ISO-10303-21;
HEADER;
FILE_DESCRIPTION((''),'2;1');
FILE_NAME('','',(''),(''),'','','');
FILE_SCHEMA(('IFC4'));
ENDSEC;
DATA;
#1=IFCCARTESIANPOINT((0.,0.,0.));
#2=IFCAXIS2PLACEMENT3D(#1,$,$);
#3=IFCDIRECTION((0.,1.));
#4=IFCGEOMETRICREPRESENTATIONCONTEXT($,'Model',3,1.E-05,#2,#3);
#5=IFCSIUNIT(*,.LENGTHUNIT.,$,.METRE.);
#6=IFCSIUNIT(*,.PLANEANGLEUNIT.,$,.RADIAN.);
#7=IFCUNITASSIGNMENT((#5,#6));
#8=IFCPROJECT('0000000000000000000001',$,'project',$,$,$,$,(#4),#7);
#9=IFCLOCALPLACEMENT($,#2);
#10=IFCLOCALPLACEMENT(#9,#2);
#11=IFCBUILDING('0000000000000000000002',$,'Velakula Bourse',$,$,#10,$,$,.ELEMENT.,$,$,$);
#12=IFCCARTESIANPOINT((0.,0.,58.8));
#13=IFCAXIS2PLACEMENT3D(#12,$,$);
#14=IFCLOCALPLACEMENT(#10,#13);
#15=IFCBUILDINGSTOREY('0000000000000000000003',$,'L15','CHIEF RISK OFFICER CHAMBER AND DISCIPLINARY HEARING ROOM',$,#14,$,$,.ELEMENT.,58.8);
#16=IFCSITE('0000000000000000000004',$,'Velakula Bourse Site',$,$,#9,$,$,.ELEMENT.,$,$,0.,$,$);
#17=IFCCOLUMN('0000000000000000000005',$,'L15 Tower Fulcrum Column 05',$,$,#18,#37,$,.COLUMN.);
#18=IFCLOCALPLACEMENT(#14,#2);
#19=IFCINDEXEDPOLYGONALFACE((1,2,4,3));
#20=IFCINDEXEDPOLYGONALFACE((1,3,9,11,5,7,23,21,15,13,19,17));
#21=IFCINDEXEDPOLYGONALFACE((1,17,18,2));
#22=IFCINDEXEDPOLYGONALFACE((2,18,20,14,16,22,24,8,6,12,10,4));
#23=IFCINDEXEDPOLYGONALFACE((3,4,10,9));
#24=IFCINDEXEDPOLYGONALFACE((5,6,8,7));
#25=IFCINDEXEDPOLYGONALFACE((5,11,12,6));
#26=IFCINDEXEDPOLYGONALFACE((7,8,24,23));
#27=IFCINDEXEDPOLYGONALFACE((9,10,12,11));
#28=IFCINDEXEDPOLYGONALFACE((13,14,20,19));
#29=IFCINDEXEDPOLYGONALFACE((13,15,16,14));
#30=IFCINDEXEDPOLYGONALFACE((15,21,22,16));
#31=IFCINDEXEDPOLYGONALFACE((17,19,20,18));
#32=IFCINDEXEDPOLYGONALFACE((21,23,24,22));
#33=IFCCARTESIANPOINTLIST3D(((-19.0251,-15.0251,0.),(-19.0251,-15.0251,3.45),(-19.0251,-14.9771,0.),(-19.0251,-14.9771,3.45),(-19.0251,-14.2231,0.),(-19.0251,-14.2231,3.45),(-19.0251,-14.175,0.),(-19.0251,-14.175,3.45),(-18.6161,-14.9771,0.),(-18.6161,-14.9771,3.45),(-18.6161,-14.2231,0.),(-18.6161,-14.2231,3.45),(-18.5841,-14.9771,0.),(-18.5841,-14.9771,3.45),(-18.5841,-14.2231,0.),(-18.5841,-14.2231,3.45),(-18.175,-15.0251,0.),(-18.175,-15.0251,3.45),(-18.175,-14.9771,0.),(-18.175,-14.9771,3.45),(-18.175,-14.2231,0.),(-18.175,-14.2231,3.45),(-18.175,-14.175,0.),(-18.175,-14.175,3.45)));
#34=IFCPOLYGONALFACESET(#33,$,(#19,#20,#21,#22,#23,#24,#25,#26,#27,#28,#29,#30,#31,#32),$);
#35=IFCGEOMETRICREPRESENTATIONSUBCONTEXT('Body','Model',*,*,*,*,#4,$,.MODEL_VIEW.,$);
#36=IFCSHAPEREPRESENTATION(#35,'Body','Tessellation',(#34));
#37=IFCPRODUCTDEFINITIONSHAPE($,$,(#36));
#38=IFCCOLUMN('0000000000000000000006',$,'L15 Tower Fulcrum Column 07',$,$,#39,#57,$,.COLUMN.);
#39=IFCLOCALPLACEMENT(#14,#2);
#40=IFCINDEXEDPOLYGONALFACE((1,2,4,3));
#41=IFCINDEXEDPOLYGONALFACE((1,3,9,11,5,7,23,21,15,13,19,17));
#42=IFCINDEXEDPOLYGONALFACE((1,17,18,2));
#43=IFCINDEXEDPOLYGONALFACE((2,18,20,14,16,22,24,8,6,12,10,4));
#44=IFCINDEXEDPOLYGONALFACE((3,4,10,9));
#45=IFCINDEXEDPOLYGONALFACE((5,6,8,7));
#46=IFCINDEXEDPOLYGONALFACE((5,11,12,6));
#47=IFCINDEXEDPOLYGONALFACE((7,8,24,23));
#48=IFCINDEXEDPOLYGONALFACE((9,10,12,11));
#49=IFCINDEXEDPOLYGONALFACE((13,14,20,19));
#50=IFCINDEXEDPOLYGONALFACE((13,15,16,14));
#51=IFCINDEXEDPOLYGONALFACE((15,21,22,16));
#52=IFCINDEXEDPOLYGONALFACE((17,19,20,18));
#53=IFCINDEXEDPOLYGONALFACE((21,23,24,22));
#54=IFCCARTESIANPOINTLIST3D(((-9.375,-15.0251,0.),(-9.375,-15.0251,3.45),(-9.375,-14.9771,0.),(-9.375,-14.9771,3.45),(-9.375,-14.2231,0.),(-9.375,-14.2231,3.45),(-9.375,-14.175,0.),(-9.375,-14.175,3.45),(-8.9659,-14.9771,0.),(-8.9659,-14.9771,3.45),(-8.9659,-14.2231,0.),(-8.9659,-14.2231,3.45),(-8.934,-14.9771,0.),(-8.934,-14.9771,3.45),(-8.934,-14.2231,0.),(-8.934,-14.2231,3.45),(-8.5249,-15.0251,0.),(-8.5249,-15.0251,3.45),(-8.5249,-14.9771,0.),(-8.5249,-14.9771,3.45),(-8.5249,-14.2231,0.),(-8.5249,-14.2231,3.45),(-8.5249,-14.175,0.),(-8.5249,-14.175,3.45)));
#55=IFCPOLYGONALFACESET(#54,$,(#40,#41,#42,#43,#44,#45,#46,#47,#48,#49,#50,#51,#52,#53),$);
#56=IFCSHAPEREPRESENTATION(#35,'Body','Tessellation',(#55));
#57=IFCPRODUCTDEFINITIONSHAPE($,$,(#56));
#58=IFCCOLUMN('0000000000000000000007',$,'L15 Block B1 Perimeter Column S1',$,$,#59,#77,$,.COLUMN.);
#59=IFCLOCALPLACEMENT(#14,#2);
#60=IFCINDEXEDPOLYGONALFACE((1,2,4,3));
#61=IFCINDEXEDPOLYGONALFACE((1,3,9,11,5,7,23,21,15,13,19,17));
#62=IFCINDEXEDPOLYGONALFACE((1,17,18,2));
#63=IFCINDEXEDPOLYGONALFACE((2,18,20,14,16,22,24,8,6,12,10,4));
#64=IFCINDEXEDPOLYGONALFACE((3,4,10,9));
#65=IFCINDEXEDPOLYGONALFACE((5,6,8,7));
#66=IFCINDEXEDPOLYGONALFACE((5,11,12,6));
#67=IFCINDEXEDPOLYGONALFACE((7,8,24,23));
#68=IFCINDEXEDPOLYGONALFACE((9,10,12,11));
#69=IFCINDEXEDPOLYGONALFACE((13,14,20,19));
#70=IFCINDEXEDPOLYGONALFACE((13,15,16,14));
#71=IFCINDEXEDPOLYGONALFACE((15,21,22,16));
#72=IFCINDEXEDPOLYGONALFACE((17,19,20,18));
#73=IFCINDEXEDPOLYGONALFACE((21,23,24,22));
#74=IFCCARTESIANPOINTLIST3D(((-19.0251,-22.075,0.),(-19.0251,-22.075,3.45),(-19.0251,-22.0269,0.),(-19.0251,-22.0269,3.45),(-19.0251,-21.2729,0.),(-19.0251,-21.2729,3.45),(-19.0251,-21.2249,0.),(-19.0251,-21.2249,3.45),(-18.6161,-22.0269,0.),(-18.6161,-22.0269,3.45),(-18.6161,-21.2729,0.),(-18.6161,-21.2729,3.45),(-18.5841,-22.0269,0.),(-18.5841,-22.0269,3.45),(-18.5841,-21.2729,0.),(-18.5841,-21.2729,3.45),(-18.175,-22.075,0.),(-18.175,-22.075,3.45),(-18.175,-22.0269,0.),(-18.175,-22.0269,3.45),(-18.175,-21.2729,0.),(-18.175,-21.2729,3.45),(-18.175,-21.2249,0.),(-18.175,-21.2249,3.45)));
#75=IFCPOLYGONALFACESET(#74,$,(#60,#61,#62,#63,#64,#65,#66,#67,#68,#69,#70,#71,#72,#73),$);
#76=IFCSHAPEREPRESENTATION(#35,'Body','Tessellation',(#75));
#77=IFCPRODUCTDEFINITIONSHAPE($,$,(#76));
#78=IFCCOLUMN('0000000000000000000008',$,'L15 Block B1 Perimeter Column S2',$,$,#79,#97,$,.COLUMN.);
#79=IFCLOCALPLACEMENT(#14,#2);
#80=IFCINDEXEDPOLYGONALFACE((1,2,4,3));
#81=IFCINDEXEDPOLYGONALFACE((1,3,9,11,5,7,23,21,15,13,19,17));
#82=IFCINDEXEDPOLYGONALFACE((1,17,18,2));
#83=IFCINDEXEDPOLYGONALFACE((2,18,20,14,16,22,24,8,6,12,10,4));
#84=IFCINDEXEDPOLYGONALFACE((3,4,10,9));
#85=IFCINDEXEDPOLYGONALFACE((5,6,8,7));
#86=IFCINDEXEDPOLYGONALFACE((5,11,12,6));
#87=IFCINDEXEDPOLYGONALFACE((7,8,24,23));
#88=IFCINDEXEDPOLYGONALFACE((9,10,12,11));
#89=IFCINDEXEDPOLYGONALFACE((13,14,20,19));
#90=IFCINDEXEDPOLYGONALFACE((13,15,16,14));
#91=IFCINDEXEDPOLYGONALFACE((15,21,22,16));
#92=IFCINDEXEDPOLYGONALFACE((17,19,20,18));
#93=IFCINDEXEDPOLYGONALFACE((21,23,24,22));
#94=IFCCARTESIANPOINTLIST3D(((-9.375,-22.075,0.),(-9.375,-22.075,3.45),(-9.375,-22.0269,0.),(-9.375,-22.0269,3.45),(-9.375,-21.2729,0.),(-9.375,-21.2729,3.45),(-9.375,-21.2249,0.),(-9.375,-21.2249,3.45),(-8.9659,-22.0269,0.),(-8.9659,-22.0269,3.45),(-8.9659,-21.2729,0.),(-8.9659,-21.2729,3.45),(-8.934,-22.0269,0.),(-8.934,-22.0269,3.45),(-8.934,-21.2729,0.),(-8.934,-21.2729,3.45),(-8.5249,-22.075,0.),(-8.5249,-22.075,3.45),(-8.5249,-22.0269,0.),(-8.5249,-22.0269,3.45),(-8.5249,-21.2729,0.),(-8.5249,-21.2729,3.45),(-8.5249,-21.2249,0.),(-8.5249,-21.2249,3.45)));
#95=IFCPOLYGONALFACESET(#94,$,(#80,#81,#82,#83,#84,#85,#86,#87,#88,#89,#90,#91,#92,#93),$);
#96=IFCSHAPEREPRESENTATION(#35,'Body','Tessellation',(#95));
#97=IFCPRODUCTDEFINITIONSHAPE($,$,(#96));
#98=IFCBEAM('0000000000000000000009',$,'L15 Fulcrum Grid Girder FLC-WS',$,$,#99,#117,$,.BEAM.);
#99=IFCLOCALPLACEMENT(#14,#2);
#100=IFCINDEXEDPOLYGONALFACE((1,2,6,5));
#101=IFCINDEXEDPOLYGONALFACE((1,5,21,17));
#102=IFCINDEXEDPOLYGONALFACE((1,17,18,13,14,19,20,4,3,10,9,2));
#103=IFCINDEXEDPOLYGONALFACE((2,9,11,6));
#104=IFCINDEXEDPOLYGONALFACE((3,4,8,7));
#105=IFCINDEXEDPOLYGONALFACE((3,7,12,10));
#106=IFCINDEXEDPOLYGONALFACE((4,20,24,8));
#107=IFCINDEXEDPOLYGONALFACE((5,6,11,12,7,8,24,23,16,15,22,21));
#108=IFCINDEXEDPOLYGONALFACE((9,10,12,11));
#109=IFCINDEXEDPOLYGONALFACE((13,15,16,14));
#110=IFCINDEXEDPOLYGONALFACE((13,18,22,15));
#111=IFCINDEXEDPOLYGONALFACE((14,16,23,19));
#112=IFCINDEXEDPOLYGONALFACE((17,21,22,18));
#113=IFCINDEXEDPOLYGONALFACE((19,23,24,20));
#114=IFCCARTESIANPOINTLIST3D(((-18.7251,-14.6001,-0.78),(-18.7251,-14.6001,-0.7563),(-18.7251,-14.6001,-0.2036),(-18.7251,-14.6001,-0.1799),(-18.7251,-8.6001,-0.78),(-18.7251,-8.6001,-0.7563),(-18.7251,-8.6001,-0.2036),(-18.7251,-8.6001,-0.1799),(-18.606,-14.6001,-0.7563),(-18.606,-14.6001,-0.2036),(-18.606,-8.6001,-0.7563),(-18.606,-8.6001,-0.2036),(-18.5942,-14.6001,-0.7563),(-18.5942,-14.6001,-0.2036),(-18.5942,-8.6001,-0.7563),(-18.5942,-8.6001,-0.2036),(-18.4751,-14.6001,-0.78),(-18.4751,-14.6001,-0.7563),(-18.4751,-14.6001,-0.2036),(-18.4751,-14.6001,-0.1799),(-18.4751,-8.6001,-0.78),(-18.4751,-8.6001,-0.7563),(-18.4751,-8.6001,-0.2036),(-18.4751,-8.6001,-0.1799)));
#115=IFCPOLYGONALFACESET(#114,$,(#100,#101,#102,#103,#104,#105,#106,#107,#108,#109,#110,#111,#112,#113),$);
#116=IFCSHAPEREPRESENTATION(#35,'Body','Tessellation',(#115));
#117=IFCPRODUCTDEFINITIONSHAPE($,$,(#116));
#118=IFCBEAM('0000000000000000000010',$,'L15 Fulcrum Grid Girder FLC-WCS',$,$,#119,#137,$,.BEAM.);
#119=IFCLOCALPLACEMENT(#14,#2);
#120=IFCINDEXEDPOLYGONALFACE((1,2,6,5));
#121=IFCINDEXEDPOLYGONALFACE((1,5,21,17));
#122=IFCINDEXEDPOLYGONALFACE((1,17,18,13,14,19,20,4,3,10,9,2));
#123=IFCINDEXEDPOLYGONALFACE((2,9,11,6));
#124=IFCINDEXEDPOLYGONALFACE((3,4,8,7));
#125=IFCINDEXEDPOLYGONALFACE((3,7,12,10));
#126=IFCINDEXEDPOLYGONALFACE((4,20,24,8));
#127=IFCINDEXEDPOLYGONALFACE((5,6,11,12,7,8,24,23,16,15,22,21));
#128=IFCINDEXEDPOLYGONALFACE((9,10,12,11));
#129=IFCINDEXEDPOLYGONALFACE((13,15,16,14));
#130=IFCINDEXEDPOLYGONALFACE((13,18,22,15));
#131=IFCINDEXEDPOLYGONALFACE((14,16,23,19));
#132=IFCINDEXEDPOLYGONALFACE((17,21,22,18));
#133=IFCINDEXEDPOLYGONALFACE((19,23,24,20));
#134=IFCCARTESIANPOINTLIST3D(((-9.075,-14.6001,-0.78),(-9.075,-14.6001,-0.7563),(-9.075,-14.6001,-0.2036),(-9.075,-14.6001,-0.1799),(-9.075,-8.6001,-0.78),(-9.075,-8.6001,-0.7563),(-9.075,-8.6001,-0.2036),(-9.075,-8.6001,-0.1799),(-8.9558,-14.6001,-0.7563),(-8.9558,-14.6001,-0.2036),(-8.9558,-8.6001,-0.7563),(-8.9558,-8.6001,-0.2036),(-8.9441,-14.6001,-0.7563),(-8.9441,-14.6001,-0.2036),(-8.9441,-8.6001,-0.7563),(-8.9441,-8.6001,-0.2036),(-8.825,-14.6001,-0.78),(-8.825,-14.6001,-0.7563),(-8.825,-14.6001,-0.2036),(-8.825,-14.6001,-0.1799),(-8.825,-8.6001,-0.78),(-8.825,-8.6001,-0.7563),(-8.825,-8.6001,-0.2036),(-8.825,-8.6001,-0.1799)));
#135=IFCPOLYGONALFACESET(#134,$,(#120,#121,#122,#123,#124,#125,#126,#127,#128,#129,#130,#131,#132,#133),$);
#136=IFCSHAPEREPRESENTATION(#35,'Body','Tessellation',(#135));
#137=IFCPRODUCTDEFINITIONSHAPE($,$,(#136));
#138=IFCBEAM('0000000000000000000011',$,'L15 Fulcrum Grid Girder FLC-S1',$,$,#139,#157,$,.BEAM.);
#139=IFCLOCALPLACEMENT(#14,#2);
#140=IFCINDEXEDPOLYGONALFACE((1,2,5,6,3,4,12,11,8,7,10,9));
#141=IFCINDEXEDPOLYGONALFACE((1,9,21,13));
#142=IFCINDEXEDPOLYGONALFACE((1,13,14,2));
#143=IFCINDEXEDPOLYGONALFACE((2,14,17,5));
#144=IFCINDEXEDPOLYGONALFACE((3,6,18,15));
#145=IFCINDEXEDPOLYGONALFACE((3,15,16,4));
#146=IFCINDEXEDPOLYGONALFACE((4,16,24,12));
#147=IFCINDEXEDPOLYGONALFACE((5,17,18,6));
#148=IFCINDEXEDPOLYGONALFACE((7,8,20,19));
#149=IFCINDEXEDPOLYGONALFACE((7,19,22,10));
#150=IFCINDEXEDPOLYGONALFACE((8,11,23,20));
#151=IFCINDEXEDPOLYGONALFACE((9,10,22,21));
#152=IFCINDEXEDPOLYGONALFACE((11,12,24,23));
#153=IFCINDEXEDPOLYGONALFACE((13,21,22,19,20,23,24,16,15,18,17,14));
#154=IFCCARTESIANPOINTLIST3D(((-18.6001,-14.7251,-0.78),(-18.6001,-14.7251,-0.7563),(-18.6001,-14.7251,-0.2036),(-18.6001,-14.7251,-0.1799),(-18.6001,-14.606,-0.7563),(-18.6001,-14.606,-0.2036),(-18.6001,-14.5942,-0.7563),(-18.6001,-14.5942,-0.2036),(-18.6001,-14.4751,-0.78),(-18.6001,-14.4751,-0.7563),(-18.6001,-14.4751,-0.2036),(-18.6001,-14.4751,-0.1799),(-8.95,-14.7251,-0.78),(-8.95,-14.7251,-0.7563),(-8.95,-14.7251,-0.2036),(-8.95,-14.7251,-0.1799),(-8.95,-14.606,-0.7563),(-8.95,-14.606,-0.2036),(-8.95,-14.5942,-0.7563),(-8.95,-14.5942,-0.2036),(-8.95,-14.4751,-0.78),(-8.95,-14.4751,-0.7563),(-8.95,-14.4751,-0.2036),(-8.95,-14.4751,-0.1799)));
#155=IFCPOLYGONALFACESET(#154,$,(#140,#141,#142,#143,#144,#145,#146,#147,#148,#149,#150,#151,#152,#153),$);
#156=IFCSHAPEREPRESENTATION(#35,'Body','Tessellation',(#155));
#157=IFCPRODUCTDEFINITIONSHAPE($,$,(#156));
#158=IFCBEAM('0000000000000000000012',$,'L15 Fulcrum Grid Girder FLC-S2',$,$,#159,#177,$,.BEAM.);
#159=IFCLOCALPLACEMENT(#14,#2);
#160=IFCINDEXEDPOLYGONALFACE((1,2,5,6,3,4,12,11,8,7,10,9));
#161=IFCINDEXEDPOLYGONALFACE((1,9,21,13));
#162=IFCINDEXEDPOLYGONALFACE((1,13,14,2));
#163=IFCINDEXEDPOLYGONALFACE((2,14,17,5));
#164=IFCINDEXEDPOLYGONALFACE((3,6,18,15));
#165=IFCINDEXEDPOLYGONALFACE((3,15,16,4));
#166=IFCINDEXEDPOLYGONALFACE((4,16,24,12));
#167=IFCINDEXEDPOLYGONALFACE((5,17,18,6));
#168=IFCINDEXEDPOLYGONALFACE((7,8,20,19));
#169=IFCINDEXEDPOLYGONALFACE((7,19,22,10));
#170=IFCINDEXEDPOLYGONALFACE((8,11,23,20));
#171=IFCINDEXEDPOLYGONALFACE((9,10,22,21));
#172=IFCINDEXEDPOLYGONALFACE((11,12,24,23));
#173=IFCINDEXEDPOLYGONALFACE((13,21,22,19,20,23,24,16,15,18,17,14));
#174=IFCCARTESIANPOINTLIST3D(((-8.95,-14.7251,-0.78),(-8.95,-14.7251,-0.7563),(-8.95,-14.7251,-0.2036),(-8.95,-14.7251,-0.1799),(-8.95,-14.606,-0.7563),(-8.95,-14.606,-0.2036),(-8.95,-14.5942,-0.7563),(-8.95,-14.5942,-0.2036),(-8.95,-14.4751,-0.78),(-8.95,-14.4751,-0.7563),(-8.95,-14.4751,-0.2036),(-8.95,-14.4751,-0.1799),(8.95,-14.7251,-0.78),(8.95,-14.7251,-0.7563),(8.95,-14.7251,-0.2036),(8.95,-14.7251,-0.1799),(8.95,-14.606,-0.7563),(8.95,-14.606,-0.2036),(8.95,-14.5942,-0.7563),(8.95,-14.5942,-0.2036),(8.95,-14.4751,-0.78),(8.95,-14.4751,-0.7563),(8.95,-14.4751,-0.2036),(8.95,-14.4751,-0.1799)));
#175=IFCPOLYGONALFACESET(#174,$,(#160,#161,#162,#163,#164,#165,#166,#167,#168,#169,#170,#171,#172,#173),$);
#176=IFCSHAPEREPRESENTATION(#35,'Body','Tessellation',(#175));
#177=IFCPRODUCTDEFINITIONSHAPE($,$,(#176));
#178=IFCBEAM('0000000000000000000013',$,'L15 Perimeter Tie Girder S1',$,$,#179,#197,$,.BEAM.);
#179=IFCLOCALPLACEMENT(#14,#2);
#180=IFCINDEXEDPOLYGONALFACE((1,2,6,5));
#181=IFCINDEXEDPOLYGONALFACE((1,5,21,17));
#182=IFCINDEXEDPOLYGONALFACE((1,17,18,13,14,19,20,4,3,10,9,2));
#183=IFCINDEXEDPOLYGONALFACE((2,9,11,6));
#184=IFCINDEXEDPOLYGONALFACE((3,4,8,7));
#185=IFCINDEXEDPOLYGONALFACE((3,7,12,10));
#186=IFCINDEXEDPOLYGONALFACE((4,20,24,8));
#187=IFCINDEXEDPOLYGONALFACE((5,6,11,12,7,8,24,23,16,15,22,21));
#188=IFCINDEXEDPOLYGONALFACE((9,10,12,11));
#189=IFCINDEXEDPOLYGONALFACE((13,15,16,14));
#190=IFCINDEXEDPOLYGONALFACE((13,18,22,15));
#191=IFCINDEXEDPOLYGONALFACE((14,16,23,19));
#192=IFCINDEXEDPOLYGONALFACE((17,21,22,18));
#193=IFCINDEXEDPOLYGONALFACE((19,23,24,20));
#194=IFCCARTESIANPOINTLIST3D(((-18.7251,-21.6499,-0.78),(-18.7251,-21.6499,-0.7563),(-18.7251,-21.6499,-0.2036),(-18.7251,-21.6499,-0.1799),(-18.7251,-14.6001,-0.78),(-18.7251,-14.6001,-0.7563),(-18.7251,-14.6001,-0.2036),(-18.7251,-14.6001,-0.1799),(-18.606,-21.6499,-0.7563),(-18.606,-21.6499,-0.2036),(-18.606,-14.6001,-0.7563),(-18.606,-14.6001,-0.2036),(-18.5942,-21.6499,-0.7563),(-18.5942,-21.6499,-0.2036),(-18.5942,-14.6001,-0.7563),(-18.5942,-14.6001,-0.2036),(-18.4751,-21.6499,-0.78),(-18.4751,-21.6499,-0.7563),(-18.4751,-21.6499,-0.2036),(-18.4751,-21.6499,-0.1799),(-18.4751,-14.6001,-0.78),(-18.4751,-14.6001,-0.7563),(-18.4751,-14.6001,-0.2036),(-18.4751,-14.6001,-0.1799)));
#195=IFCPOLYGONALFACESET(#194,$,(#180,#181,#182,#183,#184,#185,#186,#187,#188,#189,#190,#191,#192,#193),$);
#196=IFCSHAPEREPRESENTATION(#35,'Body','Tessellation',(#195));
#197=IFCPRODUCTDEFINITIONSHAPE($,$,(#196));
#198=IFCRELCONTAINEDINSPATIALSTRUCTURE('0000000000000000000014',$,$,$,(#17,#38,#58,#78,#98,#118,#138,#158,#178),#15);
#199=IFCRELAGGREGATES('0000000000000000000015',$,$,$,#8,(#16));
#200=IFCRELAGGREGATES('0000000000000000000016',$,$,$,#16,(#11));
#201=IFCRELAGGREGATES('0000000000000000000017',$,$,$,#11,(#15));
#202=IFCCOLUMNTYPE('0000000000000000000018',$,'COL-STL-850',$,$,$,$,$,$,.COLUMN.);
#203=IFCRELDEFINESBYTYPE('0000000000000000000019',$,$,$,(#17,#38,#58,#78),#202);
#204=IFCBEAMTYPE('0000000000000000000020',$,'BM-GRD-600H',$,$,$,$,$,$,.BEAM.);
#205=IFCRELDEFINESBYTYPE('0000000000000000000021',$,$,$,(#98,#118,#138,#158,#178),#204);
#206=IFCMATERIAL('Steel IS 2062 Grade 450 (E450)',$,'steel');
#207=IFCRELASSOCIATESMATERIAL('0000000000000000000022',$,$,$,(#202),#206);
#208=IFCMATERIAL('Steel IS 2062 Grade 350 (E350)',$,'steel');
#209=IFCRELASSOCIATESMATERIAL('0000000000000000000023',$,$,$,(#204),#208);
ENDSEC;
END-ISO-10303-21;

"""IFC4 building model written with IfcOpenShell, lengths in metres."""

from ifc_helpers import new_model, si_unit, direction, frame, origin, origin_2d, place, context, subcontext, project, spatial, i_section, extrude, material, material_profile, profile_set, type_object, element, save


model = new_model("IFC4")

# Units and contexts
model_context = context("Model", 3, precision=1e-05, world=origin(), true_north=direction((0.0, 1.0)))
body_context = subcontext(model_context, "Body", "Model", "MODEL_VIEW")
ifc_project = project(units=[si_unit("LENGTHUNIT", "METRE"), si_unit("PLANEANGLEUNIT", "RADIAN")], contexts=[model_context])

# Site, building, storey
site_placement = place(None, origin())
site = spatial("IfcSite", under=ifc_project, at=site_placement, Name="Velakula Bourse Site", CompositionType="ELEMENT", RefElevation=0.0)
building_placement = place(site_placement, origin())
building = spatial("IfcBuilding", under=site, at=building_placement, Name="Velakula Bourse", CompositionType="ELEMENT")
storey_placement = place(building_placement, frame((0.0, 0.0, 58.8)))
storey = spatial("IfcBuildingStorey", under=building, at=storey_placement, Name="L15", Description="CHIEF RISK OFFICER CHAMBER AND DISCIPLINARY HEARING ROOM", CompositionType="ELEMENT", Elevation=58.8)

# Columns
ifc_material_1 = material(Name="Steel IS 2062 Grade 450 (E450)", Category="steel")
ifc_material_profile_1 = material_profile(ifc_material_1, i_section(OverallWidth=0.8501, OverallDepth=0.8501, WebThickness=0.032, FlangeThickness=0.0481, at=origin_2d()), Name="Steel IS 2062 Grade 450 (E450)")
ifc_profile_set_1 = profile_set([ifc_material_profile_1], Name="Steel IS 2062 Grade 450 (E450)")
column_type = type_object("IfcColumnType", Name="COL-STL-850", PredefinedType="COLUMN", material=ifc_profile_set_1)
for number, where, z_axis, x_axis, name in (
    (1, (-18.6001, -14.6001, 0.0), (0.0, 0.0, 1.0), (1.0, 0.0, 0.0), "L15 Tower Fulcrum Column 05"),
    (2, (-8.95, -14.6001, 0.0), (0.0, 0.0, 1.0), (1.0, 0.0, 0.0), "L15 Tower Fulcrum Column 07"),
    (3, (-18.6001, -21.6499, 0.0), (0.0, 0.0, 1.0), (1.0, 0.0, 0.0), "L15 Block B1 Perimeter Column S1"),
    (4, (-8.95, -21.6499, 0.0), (0.0, 0.0, 1.0), (1.0, 0.0, 0.0), "L15 Block B1 Perimeter Column S2"),
):
    element("IfcColumn", number, at=place(storey_placement, frame(where, z_axis=z_axis, x_axis=x_axis)), inside=storey, type_object=column_type, Name=name, PredefinedType="COLUMN", context=body_context, shape_type="SweptSolid", body=[
        extrude(i_section(OverallWidth=0.8501, OverallDepth=0.8501, WebThickness=0.032, FlangeThickness=0.0481, at=origin_2d()), origin(), (0.0, 0.0, 1.0), 3.45),
    ])

# Beams
ifc_material_2 = material(Name="Steel IS 2062 Grade 350 (E350)", Category="steel")
ifc_material_profile_2 = material_profile(ifc_material_2, i_section(OverallWidth=0.25, OverallDepth=0.6001, WebThickness=0.0117, FlangeThickness=0.0237, at=origin_2d()), Name="Steel IS 2062 Grade 350 (E350)")
ifc_profile_set_2 = profile_set([ifc_material_profile_2], Name="Steel IS 2062 Grade 350 (E350)")
beam_type_1 = type_object("IfcBeamType", Name="BM-GRD-600H", PredefinedType="BEAM", material=ifc_profile_set_2)
for number, where, z_axis, x_axis, name in (
    (5, (-18.6001, -14.6001, -0.48), (0.0, 1.0, 0.0), (-1.0, 0.0, 0.0), "L15 Fulcrum Grid Girder FLC-WS"),
    (6, (-8.95, -14.6001, -0.48), (0.0, 1.0, 0.0), (-1.0, 0.0, 0.0), "L15 Fulcrum Grid Girder FLC-WCS"),
):
    element("IfcBeam", number, at=place(storey_placement, frame(where, z_axis=z_axis, x_axis=x_axis)), inside=storey, type_object=beam_type_1, Name=name, PredefinedType="BEAM", context=body_context, shape_type="SweptSolid", body=[
        extrude(i_section(OverallWidth=0.25, OverallDepth=0.6001, WebThickness=0.0117, FlangeThickness=0.0237, at=origin_2d()), origin(), (0.0, 0.0, 1.0), 6.0),
    ])
beam_1_placement = place(storey_placement, frame((-18.6001, -14.6001, -0.48), z_axis=(1.0, 0.0, 0.0), x_axis=(0.0, 1.0, 0.0)))
element("IfcBeam", 7, at=beam_1_placement, inside=storey, type_object=beam_type_1, Name="L15 Fulcrum Grid Girder FLC-S1", PredefinedType="BEAM", context=body_context, shape_type="SweptSolid", body=[
    extrude(i_section(OverallWidth=0.25, OverallDepth=0.6001, WebThickness=0.0117, FlangeThickness=0.0237, at=origin_2d()), origin(), (0.0, 0.0, 1.0), 9.6501),
])
beam_2_placement = place(storey_placement, frame((-8.95, -14.6001, -0.48), z_axis=(1.0, 0.0, 0.0), x_axis=(0.0, 1.0, 0.0)))
element("IfcBeam", 8, at=beam_2_placement, inside=storey, type_object=beam_type_1, Name="L15 Fulcrum Grid Girder FLC-S2", PredefinedType="BEAM", context=body_context, shape_type="SweptSolid", body=[
    extrude(i_section(OverallWidth=0.25, OverallDepth=0.6001, WebThickness=0.0117, FlangeThickness=0.0237, at=origin_2d()), origin(), (0.0, 0.0, 1.0), 17.8999),
])
for number, where, z_axis, x_axis, name in (
    (9, (-18.6001, -14.6001, -0.48), (0.0, -1.0, 0.0), (1.0, 0.0, 0.0), "L15 Perimeter Tie Girder S1"),
):
    element("IfcBeam", number, at=place(storey_placement, frame(where, z_axis=z_axis, x_axis=x_axis)), inside=storey, type_object=beam_type_1, Name=name, PredefinedType="BEAM", context=body_context, shape_type="SweptSolid", body=[
        extrude(i_section(OverallWidth=0.25, OverallDepth=0.6001, WebThickness=0.0117, FlangeThickness=0.0237, at=origin_2d()), origin(), (0.0, 0.0, 1.0), 7.0498),
    ])

save(model, "model.ifc")
